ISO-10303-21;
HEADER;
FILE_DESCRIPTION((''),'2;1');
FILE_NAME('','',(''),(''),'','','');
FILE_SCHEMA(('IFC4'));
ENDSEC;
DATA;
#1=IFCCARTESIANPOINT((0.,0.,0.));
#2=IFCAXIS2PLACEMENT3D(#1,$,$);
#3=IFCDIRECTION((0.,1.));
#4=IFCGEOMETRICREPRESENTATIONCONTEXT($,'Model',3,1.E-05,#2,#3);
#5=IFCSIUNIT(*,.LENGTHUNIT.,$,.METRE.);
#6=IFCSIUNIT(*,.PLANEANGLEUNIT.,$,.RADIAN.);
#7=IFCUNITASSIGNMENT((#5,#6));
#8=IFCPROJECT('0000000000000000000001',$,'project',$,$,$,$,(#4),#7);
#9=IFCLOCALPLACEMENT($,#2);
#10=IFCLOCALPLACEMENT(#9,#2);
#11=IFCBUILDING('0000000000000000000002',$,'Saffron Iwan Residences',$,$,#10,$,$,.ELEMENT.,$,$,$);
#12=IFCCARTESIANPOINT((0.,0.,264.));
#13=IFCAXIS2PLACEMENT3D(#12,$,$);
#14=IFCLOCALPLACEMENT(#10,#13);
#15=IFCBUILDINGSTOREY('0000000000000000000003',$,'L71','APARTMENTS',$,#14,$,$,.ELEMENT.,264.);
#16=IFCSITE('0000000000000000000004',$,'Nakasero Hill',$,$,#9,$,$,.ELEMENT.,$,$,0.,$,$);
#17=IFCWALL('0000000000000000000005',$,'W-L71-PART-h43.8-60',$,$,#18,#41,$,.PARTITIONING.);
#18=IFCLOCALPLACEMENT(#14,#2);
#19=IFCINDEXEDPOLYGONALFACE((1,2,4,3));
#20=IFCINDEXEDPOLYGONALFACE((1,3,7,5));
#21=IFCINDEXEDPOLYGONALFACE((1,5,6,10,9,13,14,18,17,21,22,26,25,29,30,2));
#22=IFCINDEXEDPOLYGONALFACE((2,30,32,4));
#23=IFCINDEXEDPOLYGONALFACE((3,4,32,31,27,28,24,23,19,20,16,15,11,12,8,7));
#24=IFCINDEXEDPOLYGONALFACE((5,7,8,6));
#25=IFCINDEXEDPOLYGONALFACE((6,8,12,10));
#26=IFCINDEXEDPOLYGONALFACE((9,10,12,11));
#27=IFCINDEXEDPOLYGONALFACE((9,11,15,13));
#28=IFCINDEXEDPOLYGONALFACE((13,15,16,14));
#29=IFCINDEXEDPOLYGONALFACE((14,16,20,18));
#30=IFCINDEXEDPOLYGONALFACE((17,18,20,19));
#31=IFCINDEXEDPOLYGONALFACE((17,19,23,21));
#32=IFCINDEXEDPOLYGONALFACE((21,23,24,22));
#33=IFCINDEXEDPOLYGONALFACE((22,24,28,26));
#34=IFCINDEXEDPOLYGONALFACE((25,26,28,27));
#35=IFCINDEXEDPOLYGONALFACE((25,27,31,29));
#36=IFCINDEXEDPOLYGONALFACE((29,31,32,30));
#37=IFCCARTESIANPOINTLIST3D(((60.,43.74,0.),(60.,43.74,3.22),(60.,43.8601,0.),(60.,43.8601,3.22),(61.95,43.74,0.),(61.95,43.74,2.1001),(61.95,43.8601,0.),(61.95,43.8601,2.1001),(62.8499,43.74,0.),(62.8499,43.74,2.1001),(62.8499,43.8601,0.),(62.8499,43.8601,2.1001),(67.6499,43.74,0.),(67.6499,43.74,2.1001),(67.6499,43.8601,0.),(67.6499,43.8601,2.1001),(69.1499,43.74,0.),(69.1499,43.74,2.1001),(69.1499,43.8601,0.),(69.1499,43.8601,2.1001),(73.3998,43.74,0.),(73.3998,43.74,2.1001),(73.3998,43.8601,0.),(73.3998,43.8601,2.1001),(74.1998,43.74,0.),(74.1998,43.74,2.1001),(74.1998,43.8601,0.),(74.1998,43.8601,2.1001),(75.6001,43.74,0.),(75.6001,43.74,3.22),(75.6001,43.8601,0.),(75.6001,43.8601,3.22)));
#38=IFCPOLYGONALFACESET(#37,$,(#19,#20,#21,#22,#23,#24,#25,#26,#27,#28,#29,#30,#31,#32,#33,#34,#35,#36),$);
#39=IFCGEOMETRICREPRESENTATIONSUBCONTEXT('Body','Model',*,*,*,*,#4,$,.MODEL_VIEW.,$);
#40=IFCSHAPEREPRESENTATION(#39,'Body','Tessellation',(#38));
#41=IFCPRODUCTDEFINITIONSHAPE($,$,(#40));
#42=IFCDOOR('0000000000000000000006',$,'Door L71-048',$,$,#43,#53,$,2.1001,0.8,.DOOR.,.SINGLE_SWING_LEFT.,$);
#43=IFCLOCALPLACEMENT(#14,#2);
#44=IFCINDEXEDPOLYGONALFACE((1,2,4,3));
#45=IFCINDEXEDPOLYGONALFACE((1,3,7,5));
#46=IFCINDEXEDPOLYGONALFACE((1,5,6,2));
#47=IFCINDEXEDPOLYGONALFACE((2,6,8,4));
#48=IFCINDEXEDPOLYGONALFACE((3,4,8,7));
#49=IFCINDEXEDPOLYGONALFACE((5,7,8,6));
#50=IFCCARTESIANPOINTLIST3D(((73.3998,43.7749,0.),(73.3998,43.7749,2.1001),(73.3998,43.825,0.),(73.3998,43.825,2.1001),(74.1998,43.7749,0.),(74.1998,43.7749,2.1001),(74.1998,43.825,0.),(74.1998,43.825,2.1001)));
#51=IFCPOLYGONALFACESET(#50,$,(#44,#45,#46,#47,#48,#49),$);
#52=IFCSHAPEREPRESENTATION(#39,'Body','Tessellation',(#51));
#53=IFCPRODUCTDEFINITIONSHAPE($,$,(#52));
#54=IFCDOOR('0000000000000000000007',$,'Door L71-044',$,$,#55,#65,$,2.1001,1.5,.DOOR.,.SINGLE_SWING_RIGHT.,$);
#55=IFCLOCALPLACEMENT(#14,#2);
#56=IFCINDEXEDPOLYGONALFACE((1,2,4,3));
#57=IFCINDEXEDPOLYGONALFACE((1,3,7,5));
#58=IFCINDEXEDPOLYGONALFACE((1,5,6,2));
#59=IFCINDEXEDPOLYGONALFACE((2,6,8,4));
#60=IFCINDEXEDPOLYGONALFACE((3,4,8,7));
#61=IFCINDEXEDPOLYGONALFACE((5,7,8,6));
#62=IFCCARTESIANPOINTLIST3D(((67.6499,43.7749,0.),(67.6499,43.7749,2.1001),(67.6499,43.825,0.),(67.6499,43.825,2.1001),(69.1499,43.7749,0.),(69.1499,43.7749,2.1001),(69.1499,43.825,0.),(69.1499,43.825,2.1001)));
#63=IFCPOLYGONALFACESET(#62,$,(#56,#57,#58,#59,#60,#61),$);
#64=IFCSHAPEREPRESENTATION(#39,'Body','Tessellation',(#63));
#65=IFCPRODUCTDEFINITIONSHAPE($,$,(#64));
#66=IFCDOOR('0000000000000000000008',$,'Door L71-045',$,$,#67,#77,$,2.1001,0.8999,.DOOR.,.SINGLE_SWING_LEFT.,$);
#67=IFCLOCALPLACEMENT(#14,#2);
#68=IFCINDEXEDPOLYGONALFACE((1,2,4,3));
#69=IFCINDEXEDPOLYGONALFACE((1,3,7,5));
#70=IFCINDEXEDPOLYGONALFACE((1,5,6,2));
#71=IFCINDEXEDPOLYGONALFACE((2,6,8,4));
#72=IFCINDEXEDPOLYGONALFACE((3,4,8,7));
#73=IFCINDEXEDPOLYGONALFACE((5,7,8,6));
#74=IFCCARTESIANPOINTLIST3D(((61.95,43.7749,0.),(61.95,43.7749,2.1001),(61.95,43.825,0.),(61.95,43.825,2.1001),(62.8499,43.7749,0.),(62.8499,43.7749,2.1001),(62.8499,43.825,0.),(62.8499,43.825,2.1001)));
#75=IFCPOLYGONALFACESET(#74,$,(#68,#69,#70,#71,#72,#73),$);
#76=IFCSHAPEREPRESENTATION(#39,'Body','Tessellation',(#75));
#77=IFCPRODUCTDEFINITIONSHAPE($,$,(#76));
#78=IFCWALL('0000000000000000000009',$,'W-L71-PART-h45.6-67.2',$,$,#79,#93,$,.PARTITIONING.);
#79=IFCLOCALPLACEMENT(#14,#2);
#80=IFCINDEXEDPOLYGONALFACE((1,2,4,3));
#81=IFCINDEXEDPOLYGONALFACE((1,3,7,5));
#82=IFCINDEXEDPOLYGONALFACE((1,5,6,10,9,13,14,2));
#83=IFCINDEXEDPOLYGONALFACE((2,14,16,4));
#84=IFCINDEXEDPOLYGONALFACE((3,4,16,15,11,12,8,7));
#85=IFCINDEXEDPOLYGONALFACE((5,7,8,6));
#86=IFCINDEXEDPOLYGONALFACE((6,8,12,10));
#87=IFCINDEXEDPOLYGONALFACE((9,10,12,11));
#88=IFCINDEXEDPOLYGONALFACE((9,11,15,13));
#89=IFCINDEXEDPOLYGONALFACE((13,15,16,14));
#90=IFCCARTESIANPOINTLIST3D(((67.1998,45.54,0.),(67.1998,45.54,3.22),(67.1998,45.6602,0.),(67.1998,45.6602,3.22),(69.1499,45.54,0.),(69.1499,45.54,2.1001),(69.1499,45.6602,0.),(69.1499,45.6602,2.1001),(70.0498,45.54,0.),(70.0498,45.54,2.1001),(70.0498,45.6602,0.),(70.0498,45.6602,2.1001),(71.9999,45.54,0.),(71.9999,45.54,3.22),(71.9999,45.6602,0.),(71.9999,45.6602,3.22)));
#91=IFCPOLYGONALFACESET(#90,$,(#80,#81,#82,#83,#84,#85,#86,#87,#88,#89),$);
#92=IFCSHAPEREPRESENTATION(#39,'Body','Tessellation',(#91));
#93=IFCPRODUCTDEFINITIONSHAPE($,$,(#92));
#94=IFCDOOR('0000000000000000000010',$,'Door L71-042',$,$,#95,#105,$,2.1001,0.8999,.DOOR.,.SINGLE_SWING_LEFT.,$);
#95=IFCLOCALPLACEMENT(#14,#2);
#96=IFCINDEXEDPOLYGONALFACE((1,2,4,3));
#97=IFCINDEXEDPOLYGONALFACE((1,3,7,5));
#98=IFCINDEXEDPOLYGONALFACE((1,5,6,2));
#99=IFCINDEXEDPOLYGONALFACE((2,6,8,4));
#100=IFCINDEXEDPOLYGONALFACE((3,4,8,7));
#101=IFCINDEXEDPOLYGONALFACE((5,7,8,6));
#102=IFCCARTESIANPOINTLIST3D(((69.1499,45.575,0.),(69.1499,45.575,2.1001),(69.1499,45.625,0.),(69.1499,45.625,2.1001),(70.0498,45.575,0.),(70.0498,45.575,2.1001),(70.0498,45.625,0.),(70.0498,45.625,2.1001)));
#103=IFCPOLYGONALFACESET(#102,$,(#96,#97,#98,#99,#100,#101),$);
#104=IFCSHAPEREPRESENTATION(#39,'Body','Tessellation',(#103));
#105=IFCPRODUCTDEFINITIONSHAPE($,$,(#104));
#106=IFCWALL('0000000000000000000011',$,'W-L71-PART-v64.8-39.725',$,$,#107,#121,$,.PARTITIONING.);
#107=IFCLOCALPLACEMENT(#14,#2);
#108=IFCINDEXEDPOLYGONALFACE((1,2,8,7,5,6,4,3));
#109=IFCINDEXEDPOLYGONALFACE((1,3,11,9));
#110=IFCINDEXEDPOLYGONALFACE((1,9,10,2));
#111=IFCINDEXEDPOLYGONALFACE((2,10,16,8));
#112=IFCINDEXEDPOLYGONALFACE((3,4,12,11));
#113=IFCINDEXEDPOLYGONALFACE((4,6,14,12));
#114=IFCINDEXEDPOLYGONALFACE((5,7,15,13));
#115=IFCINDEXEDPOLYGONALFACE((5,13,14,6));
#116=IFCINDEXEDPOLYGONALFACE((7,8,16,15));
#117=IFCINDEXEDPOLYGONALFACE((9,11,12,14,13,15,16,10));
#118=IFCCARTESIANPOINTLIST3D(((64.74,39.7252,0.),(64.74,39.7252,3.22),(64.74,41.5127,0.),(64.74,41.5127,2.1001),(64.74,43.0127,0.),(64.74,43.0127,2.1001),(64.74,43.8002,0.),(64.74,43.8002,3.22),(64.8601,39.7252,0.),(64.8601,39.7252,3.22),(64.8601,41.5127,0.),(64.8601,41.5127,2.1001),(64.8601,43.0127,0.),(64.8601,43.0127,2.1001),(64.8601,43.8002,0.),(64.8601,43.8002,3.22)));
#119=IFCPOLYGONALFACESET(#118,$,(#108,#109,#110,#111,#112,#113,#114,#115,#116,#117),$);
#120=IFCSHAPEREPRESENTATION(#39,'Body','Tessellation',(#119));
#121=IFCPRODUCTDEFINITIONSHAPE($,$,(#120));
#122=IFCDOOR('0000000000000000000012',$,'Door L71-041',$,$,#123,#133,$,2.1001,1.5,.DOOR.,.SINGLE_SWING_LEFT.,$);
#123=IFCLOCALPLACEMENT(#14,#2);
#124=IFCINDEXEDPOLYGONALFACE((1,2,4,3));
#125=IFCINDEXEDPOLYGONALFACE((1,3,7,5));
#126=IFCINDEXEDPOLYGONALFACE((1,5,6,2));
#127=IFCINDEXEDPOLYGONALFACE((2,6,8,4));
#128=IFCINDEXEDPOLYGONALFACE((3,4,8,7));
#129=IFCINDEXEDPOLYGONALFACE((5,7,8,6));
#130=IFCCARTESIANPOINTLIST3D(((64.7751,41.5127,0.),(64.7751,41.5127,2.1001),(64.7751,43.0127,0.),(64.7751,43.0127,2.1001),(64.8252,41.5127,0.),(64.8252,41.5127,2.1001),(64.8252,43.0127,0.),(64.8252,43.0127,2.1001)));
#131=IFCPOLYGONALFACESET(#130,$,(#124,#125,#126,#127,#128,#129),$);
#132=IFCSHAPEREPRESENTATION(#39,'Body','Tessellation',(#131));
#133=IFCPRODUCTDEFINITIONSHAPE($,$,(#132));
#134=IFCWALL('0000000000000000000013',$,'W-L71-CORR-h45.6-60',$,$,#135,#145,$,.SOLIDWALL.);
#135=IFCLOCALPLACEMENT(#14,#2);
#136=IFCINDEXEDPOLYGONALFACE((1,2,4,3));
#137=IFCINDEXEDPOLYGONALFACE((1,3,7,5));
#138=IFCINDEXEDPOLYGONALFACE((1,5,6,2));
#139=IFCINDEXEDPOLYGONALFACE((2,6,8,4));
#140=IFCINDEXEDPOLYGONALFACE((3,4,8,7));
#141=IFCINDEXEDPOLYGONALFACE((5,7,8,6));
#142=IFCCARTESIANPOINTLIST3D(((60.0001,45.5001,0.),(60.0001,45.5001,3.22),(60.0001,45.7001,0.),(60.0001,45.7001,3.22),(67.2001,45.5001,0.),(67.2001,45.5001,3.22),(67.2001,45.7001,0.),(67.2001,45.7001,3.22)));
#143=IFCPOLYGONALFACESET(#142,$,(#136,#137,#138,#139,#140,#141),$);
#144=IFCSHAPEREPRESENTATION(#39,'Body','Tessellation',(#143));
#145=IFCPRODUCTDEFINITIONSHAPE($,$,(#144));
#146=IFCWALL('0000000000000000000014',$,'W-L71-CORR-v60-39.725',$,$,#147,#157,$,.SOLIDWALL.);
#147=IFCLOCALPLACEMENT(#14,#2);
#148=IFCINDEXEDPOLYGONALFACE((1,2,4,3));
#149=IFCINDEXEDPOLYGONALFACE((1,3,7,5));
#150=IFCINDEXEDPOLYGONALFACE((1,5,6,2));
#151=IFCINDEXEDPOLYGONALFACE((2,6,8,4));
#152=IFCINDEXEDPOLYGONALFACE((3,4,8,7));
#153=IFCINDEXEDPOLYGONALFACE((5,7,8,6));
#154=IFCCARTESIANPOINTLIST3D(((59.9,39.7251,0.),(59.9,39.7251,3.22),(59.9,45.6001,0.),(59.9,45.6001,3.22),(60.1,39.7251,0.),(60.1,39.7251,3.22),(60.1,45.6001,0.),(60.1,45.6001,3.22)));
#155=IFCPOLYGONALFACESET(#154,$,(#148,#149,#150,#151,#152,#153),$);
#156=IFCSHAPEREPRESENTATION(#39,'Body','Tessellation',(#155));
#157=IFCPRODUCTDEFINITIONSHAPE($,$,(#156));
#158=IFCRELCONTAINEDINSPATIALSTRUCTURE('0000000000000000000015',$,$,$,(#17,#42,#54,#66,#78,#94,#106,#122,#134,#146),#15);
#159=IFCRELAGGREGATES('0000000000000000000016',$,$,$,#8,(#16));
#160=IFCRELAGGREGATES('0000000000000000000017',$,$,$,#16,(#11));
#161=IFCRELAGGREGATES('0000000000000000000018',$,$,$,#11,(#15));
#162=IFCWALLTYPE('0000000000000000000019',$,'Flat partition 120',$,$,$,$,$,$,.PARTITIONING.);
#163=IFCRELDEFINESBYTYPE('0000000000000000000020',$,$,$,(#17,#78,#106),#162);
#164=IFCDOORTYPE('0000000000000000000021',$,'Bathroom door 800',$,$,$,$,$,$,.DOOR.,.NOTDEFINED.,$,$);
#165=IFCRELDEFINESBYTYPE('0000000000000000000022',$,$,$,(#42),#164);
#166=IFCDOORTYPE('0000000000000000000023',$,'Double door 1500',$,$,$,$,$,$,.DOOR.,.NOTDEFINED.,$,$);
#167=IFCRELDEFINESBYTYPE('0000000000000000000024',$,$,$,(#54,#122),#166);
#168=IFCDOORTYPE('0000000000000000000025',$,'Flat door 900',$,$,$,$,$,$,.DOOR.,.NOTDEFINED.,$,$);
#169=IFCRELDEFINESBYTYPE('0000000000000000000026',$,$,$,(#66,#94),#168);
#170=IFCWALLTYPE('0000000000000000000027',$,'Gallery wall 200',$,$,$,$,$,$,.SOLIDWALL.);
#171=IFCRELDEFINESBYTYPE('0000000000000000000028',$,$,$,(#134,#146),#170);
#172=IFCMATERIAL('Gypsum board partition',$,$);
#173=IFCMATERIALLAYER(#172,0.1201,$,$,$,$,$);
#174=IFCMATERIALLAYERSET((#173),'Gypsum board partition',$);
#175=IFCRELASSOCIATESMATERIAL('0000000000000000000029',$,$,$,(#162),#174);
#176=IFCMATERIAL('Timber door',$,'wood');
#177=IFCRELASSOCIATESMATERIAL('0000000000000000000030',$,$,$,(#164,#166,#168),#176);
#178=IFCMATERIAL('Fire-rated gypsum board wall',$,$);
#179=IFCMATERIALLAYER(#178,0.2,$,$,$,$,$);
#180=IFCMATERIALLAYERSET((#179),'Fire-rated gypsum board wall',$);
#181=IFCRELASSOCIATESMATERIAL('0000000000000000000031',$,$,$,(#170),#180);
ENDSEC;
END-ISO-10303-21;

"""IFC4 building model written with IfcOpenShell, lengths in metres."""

from ifc_helpers import new_model, si_unit, direction, frame, frame_2d, origin, place, context, subcontext, project, spatial, rectangle, extrude, material, layer, layer_set, type_object, element, fill, save


model = new_model("IFC4")

# Units and contexts
model_context = context("Model", 3, precision=1e-05, world=origin(), true_north=direction((0.0, 1.0)))
body_context = subcontext(model_context, "Body", "Model", "MODEL_VIEW")
ifc_project = project(units=[si_unit("LENGTHUNIT", "METRE"), si_unit("PLANEANGLEUNIT", "RADIAN")], contexts=[model_context])

# Site, building, storey
site_placement = place(None, origin())
site = spatial("IfcSite", under=ifc_project, at=site_placement, Name="Nakasero Hill", CompositionType="ELEMENT", RefElevation=0.0)
building_placement = place(site_placement, origin())
building = spatial("IfcBuilding", under=site, at=building_placement, Name="Saffron Iwan Residences", CompositionType="ELEMENT")
storey_placement = place(building_placement, frame((0.0, 0.0, 264.0)))
storey = spatial("IfcBuildingStorey", under=building, at=storey_placement, Name="L71", Description="APARTMENTS", CompositionType="ELEMENT", Elevation=264.0)

# Wall, openings, doors
ifc_material_1 = material(Name="Gypsum board partition")
ifc_layer_1 = layer(ifc_material_1, 0.1201)
ifc_layer_set_1 = layer_set([ifc_layer_1], Name="Gypsum board partition")
wall_type_1 = type_object("IfcWallType", Name="Flat partition 120", PredefinedType="PARTITIONING", material=ifc_layer_set_1)
wall_1_placement = place(storey_placement, frame((60.0, 43.8, 0.0), z_axis=(0.0, 0.0, 1.0), x_axis=(1.0, 0.0, 0.0)))
wall_1 = element("IfcWall", 1, at=wall_1_placement, inside=storey, type_object=wall_type_1, Name="W-L71-PART-h43.8-60", PredefinedType="PARTITIONING", context=body_context, shape_type="SweptSolid", body=[
    extrude(rectangle(XDim=15.6001, YDim=0.1201, at=frame_2d((7.8, 0.0))), origin(), (0.0, 0.0, 1.0), 3.22),
])
opening_1_placement = place(wall_1_placement, frame((7.6499, 0.0, 0.0)))
opening_1 = element("IfcOpeningElement", 2, at=opening_1_placement, cuts=wall_1, PredefinedType="OPENING", context=body_context, shape_type="SweptSolid", body=[
    extrude(rectangle(XDim=1.5, YDim=2.1001, at=frame_2d((0.75, 1.05))), frame((0.0, 0.0701, 0.0), z_axis=(0.0, -1.0, 0.0), x_axis=(1.0, 0.0, 0.0)), (0.0, 0.0, 1.0), 0.1401),
])
opening_2_placement = place(wall_1_placement, frame((1.95, 0.0, 0.0)))
opening_2 = element("IfcOpeningElement", 3, at=opening_2_placement, cuts=wall_1, PredefinedType="OPENING", context=body_context, shape_type="SweptSolid", body=[
    extrude(rectangle(XDim=0.8999, YDim=2.1001, at=frame_2d((0.45, 1.05))), frame((0.0, 0.0701, 0.0), z_axis=(0.0, -1.0, 0.0), x_axis=(1.0, 0.0, 0.0)), (0.0, 0.0, 1.0), 0.1401),
])
opening_3_placement = place(wall_1_placement, frame((13.3999, 0.0, 0.0)))
opening_3 = element("IfcOpeningElement", 4, at=opening_3_placement, cuts=wall_1, PredefinedType="OPENING", context=body_context, shape_type="SweptSolid", body=[
    extrude(rectangle(XDim=0.8, YDim=2.1001, at=frame_2d((0.3999, 1.05))), frame((0.0, 0.0701, 0.0), z_axis=(0.0, -1.0, 0.0), x_axis=(1.0, 0.0, 0.0)), (0.0, 0.0, 1.0), 0.1401),
])
ifc_material_2 = material(Name="Timber door", Category="wood")
door_type_1 = type_object("IfcDoorType", Name="Bathroom door 800", OperationType="NOTDEFINED", PredefinedType="DOOR", material=ifc_material_2)
door_1_placement = place(opening_3_placement, origin())
door_1 = element("IfcDoor", 5, at=door_1_placement, inside=storey, type_object=door_type_1, Name="Door L71-048", OperationType="SINGLE_SWING_LEFT", OverallHeight=2.1001, OverallWidth=0.8, PredefinedType="DOOR", context=body_context, shape_type="SweptSolid", body=[
    extrude(rectangle(XDim=0.8, YDim=2.1001, at=frame_2d((0.3999, 1.05))), frame((0.0, 0.0249, 0.0), z_axis=(0.0, -1.0, 0.0), x_axis=(1.0, 0.0, 0.0)), (0.0, 0.0, 1.0), 0.05),
])
fill(opening_3, door_1)
door_type_2 = type_object("IfcDoorType", Name="Double door 1500", OperationType="NOTDEFINED", PredefinedType="DOOR", material=ifc_material_2)
door_2_placement = place(opening_1_placement, origin())
door_2 = element("IfcDoor", 6, at=door_2_placement, inside=storey, type_object=door_type_2, Name="Door L71-044", OperationType="SINGLE_SWING_RIGHT", OverallHeight=2.1001, OverallWidth=1.5, PredefinedType="DOOR", context=body_context, shape_type="SweptSolid", body=[
    extrude(rectangle(XDim=1.5, YDim=2.1001, at=frame_2d((0.75, 1.05))), frame((0.0, 0.0249, 0.0), z_axis=(0.0, -1.0, 0.0), x_axis=(1.0, 0.0, 0.0)), (0.0, 0.0, 1.0), 0.05),
])
fill(opening_1, door_2)
door_type_3 = type_object("IfcDoorType", Name="Flat door 900", OperationType="NOTDEFINED", PredefinedType="DOOR", material=ifc_material_2)
door_3_placement = place(opening_2_placement, origin())
door_3 = element("IfcDoor", 7, at=door_3_placement, inside=storey, type_object=door_type_3, Name="Door L71-045", OperationType="SINGLE_SWING_LEFT", OverallHeight=2.1001, OverallWidth=0.8999, PredefinedType="DOOR", context=body_context, shape_type="SweptSolid", body=[
    extrude(rectangle(XDim=0.8999, YDim=2.1001, at=frame_2d((0.45, 1.05))), frame((0.0, 0.0249, 0.0), z_axis=(0.0, -1.0, 0.0), x_axis=(1.0, 0.0, 0.0)), (0.0, 0.0, 1.0), 0.05),
])
fill(opening_2, door_3)

# Walls, openings, doors
wall_2_placement = place(storey_placement, frame((67.2, 45.6001, 0.0), z_axis=(0.0, 0.0, 1.0), x_axis=(1.0, 0.0, 0.0)))
wall_2 = element("IfcWall", 8, at=wall_2_placement, inside=storey, type_object=wall_type_1, Name="W-L71-PART-h45.6-67.2", PredefinedType="PARTITIONING", context=body_context, shape_type="SweptSolid", body=[
    extrude(rectangle(XDim=4.8, YDim=0.1201, at=frame_2d((2.3999, 0.0))), origin(), (0.0, 0.0, 1.0), 3.22),
])
opening_4_placement = place(wall_2_placement, frame((1.95, 0.0, 0.0)))
opening_4 = element("IfcOpeningElement", 9, at=opening_4_placement, cuts=wall_2, PredefinedType="OPENING", context=body_context, shape_type="SweptSolid", body=[
    extrude(rectangle(XDim=0.8999, YDim=2.1001, at=frame_2d((0.45, 1.05))), frame((0.0, 0.0701, 0.0), z_axis=(0.0, -1.0, 0.0), x_axis=(1.0, 0.0, 0.0)), (0.0, 0.0, 1.0), 0.1401),
])
door_4_placement = place(opening_4_placement, origin())
door_4 = element("IfcDoor", 10, at=door_4_placement, inside=storey, type_object=door_type_3, Name="Door L71-042", OperationType="SINGLE_SWING_LEFT", OverallHeight=2.1001, OverallWidth=0.8999, PredefinedType="DOOR", context=body_context, shape_type="SweptSolid", body=[
    extrude(rectangle(XDim=0.8999, YDim=2.1001, at=frame_2d((0.45, 1.05))), frame((0.0, 0.0249, 0.0), z_axis=(0.0, -1.0, 0.0), x_axis=(1.0, 0.0, 0.0)), (0.0, 0.0, 1.0), 0.05),
])
fill(opening_4, door_4)
wall_3_placement = place(storey_placement, frame((64.8, 39.7251, 0.0), z_axis=(0.0, 0.0, 1.0), x_axis=(0.0, 1.0, 0.0)))
wall_3 = element("IfcWall", 11, at=wall_3_placement, inside=storey, type_object=wall_type_1, Name="W-L71-PART-v64.8-39.725", PredefinedType="PARTITIONING", context=body_context, shape_type="SweptSolid", body=[
    extrude(rectangle(XDim=4.075, YDim=0.1201, at=frame_2d((2.0376, 0.0))), origin(), (0.0, 0.0, 1.0), 3.22),
])
opening_5_placement = place(wall_3_placement, frame((1.7876, 0.0, 0.0)))
opening_5 = element("IfcOpeningElement", 12, at=opening_5_placement, cuts=wall_3, PredefinedType="OPENING", context=body_context, shape_type="SweptSolid", body=[
    extrude(rectangle(XDim=1.5, YDim=2.1001, at=frame_2d((0.75, 1.05))), frame((0.0, 0.0701, 0.0), z_axis=(0.0, -1.0, 0.0), x_axis=(1.0, 0.0, 0.0)), (0.0, 0.0, 1.0), 0.1401),
])
door_5_placement = place(opening_5_placement, origin())
door_5 = element("IfcDoor", 13, at=door_5_placement, inside=storey, type_object=door_type_2, Name="Door L71-041", OperationType="SINGLE_SWING_LEFT", OverallHeight=2.1001, OverallWidth=1.5, PredefinedType="DOOR", context=body_context, shape_type="SweptSolid", body=[
    extrude(rectangle(XDim=1.5, YDim=2.1001, at=frame_2d((0.75, 1.05))), frame((0.0, 0.0249, 0.0), z_axis=(0.0, -1.0, 0.0), x_axis=(1.0, 0.0, 0.0)), (0.0, 0.0, 1.0), 0.05),
])
fill(opening_5, door_5)

# Walls
ifc_material_3 = material(Name="Fire-rated gypsum board wall")
ifc_layer_2 = layer(ifc_material_3, 0.2)
ifc_layer_set_2 = layer_set([ifc_layer_2], Name="Fire-rated gypsum board wall")
wall_type_2 = type_object("IfcWallType", Name="Gallery wall 200", PredefinedType="SOLIDWALL", material=ifc_layer_set_2)
wall_4_placement = place(storey_placement, frame((60.0, 45.6001, 0.0), z_axis=(0.0, 0.0, 1.0), x_axis=(1.0, 0.0, 0.0)))
element("IfcWall", 14, at=wall_4_placement, inside=storey, type_object=wall_type_2, Name="W-L71-CORR-h45.6-60", PredefinedType="SOLIDWALL", context=body_context, shape_type="SweptSolid", body=[
    extrude(rectangle(XDim=7.2, YDim=0.2, at=frame_2d((3.6001, 0.0))), origin(), (0.0, 0.0, 1.0), 3.22),
])
wall_5_placement = place(storey_placement, frame((60.0, 39.7251, 0.0), z_axis=(0.0, 0.0, 1.0), x_axis=(0.0, 1.0, 0.0)))
element("IfcWall", 15, at=wall_5_placement, inside=storey, type_object=wall_type_2, Name="W-L71-CORR-v60-39.725", PredefinedType="SOLIDWALL", context=body_context, shape_type="SweptSolid", body=[
    extrude(rectangle(XDim=5.875, YDim=0.2, at=frame_2d((2.9375, 0.0))), origin(), (0.0, 0.0, 1.0), 3.22),
])

save(model, "model.ifc")
